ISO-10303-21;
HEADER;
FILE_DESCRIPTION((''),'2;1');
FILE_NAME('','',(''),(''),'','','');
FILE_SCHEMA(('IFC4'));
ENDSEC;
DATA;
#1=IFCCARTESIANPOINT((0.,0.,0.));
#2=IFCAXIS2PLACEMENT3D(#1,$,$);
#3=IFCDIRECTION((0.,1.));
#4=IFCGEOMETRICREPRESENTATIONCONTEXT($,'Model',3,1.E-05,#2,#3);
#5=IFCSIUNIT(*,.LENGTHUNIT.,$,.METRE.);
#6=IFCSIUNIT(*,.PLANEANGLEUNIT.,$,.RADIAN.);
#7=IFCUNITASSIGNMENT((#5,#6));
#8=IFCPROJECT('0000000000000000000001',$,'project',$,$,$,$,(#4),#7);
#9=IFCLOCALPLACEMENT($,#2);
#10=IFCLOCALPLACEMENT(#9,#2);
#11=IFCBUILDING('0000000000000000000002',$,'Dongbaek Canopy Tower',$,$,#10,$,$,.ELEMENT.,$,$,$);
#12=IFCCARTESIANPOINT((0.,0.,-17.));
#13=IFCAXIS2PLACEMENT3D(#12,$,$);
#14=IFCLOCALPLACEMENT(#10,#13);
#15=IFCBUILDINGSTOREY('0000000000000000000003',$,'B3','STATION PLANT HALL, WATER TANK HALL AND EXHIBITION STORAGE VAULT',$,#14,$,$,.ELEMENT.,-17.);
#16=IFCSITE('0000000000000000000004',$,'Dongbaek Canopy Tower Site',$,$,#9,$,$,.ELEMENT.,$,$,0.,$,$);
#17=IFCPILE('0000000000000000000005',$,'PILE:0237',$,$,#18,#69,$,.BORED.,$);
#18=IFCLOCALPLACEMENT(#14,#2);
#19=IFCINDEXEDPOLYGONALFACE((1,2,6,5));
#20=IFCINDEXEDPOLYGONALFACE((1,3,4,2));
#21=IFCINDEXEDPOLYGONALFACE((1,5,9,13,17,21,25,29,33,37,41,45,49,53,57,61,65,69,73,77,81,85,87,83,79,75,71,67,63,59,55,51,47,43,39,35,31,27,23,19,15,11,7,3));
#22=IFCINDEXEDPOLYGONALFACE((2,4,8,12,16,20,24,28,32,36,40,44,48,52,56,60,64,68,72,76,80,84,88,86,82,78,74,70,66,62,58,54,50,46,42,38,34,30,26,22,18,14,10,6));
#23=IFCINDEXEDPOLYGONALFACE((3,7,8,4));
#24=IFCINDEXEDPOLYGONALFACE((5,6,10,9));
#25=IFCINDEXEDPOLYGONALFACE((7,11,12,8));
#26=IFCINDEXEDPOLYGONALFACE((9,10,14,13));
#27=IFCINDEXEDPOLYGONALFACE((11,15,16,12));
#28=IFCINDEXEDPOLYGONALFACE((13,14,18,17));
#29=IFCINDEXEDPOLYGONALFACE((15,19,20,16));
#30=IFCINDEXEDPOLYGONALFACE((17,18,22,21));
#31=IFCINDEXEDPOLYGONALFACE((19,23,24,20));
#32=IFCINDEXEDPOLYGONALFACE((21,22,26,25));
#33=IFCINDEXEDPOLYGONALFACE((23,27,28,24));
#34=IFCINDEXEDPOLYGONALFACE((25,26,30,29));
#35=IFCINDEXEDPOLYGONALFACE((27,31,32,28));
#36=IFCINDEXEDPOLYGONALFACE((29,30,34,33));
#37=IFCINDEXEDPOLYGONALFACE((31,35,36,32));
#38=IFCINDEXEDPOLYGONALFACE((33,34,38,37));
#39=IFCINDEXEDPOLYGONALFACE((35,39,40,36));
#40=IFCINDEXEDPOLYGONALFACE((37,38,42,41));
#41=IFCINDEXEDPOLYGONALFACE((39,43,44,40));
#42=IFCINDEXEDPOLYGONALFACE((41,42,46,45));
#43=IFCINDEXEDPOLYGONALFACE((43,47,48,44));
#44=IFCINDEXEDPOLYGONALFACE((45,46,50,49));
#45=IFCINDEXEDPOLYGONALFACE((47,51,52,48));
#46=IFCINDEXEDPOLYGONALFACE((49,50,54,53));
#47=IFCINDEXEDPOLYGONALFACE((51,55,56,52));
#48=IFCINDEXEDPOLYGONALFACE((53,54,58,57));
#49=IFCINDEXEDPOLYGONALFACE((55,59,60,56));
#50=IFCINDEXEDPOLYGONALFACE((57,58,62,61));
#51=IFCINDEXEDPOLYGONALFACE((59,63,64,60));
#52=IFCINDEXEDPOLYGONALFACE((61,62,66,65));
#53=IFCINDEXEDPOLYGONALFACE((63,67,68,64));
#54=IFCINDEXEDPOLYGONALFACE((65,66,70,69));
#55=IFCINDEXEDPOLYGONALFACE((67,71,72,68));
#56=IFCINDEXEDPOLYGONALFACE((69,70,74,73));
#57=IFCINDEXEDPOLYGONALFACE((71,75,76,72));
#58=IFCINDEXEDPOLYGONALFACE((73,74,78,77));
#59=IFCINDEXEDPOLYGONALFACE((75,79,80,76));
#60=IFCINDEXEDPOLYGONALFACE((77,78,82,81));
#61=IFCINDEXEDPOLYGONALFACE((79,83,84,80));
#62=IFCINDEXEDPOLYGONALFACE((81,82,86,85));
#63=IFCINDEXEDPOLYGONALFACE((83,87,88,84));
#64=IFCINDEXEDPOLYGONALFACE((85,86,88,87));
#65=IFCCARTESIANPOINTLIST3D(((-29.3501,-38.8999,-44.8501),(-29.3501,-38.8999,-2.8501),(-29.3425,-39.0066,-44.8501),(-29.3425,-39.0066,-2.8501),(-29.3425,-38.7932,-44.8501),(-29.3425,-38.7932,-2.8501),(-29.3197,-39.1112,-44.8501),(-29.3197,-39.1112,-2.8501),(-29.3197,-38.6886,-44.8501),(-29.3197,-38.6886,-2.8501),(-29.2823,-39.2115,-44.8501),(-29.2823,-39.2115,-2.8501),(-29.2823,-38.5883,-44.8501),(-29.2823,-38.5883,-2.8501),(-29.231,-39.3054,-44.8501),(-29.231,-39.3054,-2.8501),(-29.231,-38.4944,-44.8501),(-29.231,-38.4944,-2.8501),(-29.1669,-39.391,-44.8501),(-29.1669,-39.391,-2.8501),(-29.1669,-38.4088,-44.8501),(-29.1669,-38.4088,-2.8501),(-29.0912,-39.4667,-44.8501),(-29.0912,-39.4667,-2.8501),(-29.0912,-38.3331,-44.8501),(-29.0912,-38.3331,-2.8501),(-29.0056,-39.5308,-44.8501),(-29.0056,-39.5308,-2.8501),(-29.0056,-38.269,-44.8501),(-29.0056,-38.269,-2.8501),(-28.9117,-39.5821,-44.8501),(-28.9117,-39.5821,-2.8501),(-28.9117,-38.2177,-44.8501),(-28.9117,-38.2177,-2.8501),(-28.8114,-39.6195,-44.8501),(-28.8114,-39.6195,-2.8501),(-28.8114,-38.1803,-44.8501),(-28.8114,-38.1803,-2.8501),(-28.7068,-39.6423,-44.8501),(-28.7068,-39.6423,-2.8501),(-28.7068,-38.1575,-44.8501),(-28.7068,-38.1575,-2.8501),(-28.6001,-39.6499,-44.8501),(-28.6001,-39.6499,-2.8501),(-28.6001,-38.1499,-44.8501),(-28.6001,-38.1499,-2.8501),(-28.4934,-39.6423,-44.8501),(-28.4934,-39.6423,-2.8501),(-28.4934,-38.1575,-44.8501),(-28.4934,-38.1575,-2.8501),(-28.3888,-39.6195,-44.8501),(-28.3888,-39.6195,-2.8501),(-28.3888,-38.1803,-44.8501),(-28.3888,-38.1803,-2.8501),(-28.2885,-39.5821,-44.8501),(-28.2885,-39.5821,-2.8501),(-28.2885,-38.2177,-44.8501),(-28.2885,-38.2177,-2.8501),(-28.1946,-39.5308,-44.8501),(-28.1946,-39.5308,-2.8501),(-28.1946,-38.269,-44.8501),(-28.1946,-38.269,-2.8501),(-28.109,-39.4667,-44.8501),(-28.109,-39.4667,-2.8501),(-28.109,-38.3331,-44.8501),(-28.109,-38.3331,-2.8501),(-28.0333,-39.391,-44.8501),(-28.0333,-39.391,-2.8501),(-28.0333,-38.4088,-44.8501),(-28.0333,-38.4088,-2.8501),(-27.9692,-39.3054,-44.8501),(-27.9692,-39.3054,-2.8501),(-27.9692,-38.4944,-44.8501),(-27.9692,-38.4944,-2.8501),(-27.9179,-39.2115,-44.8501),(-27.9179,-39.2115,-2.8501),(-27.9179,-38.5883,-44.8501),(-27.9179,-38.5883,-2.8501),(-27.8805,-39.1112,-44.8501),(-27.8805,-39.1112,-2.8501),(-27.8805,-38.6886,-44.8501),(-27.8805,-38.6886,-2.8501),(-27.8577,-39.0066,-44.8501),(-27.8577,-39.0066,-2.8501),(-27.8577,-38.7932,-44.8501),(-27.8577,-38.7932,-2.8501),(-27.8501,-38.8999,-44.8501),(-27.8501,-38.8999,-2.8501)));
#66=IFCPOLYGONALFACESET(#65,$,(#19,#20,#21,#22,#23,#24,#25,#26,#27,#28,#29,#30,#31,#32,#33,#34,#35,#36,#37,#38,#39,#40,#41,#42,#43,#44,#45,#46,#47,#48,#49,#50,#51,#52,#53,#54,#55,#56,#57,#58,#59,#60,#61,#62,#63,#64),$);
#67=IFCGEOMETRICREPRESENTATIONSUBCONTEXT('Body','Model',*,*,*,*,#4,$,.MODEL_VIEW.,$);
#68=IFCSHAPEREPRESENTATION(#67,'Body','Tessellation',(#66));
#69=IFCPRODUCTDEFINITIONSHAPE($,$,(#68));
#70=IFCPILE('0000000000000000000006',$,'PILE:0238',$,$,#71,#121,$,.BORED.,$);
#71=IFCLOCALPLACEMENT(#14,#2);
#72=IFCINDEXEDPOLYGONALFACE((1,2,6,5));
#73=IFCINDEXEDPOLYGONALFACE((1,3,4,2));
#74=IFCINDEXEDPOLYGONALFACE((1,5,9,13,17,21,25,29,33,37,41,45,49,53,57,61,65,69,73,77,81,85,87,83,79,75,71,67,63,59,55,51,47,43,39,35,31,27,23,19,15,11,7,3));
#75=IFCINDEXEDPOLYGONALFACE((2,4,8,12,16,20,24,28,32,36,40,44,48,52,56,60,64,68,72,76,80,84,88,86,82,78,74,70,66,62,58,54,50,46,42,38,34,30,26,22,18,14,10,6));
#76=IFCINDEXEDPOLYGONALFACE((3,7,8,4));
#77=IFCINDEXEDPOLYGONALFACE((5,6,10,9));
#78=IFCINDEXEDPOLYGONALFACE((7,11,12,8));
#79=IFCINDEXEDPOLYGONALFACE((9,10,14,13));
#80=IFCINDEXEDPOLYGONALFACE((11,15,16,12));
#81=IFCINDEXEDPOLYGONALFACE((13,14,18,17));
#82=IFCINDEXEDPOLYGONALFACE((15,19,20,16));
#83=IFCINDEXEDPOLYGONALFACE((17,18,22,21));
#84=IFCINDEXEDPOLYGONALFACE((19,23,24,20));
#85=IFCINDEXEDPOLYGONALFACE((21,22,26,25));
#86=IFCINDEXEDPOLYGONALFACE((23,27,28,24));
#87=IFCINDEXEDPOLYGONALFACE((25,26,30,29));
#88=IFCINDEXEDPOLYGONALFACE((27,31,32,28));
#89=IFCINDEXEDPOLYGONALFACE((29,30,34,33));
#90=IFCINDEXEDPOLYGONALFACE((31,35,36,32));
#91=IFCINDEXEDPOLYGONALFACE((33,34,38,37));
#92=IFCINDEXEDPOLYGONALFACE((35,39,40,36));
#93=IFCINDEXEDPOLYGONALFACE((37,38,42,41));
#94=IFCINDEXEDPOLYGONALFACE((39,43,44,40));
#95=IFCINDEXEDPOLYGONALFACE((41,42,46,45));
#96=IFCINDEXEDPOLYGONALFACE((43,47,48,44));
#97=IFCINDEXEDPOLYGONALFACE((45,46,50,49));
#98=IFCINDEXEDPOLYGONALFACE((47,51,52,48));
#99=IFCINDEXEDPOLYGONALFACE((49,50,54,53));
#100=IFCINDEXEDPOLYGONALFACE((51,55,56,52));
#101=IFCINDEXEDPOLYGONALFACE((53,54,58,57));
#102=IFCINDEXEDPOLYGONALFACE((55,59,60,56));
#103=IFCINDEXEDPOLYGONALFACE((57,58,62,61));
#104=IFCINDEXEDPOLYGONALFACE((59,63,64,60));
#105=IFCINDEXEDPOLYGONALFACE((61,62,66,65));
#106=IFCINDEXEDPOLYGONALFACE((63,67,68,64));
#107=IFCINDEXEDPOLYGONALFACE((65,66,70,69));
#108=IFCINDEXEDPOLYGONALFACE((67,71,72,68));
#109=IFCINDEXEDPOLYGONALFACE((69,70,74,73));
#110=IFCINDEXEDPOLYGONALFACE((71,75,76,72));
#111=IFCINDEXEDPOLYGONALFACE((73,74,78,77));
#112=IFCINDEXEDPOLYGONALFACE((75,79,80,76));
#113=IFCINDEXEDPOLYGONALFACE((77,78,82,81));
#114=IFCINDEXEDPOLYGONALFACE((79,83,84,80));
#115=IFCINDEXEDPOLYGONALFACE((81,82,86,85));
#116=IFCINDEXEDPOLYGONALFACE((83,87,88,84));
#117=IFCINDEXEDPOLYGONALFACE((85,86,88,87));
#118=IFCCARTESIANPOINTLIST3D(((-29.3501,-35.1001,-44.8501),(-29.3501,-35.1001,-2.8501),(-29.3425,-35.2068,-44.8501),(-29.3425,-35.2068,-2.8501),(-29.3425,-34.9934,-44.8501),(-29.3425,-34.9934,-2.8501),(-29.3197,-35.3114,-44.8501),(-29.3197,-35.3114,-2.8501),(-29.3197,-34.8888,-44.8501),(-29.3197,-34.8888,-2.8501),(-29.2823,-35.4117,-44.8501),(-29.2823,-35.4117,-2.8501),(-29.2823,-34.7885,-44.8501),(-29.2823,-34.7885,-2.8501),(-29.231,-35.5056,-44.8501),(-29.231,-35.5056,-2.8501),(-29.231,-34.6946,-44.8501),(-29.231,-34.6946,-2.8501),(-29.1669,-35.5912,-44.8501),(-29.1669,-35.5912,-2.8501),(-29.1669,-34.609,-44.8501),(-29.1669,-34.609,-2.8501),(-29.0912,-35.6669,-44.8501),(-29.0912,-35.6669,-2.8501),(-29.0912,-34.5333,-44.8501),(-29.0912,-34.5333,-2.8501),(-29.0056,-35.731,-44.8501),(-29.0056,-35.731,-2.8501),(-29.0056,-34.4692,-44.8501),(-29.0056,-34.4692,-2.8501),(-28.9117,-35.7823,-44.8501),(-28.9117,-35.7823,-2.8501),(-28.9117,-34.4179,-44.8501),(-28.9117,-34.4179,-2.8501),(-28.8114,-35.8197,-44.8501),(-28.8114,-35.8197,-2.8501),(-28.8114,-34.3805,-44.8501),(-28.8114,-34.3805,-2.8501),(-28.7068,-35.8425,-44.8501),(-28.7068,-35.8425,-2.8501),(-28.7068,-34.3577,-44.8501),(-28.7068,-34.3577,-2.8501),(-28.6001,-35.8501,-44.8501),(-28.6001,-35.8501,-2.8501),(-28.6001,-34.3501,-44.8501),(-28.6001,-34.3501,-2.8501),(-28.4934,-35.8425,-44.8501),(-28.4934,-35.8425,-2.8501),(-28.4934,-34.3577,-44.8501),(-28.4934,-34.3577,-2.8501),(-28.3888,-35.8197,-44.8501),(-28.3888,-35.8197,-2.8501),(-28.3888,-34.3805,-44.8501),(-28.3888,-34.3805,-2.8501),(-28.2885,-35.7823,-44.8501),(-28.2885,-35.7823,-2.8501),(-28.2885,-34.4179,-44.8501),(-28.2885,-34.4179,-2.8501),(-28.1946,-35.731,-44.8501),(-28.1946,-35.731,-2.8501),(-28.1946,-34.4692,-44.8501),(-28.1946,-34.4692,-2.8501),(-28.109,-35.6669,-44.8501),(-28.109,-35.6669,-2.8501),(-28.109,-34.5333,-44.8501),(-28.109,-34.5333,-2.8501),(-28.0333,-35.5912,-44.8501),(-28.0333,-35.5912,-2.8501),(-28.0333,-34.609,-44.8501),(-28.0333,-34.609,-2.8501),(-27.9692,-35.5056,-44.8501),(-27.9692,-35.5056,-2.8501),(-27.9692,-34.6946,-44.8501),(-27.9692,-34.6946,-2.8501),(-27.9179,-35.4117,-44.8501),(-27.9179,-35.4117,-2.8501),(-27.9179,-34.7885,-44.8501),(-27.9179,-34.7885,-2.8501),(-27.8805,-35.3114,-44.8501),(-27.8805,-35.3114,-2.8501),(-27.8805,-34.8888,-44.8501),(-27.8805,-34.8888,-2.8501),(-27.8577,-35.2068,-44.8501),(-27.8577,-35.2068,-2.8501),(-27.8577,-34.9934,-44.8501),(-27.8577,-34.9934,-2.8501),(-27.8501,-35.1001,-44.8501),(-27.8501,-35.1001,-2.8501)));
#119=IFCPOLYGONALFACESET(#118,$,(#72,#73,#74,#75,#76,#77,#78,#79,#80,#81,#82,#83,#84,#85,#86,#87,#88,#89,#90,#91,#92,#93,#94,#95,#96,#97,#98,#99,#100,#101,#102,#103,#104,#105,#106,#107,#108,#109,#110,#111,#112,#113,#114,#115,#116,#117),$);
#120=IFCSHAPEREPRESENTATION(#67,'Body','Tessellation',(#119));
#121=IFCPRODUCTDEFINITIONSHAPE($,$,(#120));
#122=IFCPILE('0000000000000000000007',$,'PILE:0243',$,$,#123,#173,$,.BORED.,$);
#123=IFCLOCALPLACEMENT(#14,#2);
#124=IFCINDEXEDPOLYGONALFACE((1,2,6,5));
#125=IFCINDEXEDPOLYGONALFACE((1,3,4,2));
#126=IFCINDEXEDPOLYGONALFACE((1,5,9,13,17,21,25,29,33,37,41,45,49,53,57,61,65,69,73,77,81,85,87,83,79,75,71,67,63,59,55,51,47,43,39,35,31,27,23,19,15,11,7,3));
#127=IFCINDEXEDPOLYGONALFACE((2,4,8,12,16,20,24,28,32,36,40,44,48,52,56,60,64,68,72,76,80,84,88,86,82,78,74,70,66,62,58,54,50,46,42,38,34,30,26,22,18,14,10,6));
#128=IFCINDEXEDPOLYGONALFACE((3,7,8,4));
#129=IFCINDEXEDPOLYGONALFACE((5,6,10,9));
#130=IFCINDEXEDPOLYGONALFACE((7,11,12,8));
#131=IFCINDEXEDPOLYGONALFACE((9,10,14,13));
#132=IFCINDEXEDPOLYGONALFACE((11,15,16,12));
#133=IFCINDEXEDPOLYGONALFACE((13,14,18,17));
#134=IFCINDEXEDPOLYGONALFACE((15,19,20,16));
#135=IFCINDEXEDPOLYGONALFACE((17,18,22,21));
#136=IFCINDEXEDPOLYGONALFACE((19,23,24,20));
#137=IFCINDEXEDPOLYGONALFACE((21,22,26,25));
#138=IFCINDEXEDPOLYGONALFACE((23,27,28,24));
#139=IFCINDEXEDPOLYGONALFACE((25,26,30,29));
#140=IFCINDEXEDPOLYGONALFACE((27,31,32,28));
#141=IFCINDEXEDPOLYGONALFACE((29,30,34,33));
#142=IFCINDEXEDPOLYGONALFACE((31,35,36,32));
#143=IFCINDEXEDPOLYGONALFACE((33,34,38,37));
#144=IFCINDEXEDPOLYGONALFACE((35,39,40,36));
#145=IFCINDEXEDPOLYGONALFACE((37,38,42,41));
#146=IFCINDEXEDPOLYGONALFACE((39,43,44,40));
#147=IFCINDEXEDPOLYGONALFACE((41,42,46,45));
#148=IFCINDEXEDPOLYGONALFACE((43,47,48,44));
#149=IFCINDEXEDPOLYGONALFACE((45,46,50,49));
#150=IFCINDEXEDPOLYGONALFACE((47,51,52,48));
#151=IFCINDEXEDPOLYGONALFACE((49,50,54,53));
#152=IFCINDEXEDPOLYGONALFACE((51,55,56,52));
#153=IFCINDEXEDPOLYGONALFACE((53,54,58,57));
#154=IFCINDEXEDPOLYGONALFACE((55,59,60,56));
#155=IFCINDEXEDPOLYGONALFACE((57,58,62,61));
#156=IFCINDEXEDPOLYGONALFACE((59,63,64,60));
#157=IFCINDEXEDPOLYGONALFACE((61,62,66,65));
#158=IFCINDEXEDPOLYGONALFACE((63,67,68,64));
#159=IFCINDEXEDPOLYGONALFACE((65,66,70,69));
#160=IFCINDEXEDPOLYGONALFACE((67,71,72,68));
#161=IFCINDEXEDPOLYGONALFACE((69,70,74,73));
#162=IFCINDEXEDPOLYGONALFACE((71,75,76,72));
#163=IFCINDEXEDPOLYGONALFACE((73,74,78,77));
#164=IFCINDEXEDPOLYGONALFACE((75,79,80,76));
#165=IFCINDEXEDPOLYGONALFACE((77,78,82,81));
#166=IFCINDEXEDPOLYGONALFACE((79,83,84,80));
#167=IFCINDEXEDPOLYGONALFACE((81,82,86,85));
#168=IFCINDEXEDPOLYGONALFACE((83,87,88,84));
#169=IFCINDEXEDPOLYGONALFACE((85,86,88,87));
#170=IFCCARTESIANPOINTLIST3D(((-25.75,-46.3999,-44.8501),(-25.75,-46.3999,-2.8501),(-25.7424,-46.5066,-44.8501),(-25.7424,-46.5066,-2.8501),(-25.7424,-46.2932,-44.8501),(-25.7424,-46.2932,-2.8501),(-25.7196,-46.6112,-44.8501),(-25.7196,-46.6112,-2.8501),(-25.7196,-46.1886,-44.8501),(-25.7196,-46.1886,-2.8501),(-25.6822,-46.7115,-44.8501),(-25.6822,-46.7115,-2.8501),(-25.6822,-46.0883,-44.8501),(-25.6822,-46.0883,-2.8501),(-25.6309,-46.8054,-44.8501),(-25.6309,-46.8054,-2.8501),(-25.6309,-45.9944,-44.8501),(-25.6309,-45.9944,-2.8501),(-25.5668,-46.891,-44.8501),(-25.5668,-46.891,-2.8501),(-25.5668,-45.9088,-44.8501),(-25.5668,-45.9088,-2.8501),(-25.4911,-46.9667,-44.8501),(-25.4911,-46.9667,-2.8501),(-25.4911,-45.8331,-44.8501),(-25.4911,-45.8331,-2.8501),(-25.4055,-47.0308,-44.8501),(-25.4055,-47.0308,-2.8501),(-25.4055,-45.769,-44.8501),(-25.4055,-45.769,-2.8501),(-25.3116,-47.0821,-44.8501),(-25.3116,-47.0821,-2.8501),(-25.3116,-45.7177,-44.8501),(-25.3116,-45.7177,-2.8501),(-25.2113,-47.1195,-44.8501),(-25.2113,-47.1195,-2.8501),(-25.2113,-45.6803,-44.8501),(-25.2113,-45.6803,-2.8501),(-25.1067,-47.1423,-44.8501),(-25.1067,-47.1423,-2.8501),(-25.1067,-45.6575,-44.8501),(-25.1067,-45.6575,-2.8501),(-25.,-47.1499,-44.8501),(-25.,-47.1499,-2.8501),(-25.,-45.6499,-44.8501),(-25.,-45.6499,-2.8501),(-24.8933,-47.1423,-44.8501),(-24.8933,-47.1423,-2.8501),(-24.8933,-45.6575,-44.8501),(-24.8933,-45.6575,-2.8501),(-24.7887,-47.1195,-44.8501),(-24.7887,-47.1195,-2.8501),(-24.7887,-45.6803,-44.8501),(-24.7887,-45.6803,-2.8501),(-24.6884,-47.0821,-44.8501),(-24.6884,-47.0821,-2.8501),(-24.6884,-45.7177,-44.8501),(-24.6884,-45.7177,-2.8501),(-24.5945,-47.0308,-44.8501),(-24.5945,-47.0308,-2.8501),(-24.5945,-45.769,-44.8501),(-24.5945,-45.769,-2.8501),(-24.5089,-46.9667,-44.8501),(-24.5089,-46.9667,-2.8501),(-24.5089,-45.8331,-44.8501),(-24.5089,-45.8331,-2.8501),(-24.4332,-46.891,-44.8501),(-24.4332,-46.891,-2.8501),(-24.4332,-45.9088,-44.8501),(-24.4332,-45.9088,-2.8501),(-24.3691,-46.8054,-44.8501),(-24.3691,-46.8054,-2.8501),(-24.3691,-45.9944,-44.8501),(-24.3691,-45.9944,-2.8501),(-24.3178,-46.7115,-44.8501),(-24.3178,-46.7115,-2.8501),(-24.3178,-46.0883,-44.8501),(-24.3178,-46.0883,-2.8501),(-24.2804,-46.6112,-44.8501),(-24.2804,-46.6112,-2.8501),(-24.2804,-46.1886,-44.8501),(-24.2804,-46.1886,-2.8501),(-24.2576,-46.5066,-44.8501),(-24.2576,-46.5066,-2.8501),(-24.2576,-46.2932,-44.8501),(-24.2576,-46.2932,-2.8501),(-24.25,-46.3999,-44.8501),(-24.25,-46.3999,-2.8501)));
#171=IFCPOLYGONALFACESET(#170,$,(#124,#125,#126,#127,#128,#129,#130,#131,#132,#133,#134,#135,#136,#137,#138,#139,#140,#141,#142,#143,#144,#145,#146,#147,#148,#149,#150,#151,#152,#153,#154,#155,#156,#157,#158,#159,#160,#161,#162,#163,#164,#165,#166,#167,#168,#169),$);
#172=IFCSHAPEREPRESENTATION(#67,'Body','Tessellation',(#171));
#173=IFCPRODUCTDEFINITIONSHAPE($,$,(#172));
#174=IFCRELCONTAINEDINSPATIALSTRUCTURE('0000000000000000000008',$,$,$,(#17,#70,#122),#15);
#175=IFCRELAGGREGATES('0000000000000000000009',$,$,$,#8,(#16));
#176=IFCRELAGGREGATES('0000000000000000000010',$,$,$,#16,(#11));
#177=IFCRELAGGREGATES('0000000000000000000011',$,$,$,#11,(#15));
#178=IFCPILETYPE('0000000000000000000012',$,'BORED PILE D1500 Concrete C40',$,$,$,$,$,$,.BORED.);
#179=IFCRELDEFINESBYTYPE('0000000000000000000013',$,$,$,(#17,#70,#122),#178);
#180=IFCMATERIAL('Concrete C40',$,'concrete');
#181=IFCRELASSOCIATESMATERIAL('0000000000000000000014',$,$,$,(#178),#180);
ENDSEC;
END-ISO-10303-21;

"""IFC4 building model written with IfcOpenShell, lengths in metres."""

from ifc_helpers import new_model, si_unit, direction, frame, origin, origin_2d, place, context, subcontext, project, spatial, circle, extrude, material, material_profile, profile_set, type_object, element, save


model = new_model("IFC4")

# Units and contexts
model_context = context("Model", 3, precision=1e-05, world=origin(), true_north=direction((0.0, 1.0)))
body_context = subcontext(model_context, "Body", "Model", "MODEL_VIEW")
ifc_project = project(units=[si_unit("LENGTHUNIT", "METRE"), si_unit("PLANEANGLEUNIT", "RADIAN")], contexts=[model_context])

# Site, building, storey
site_placement = place(None, origin())
site = spatial("IfcSite", under=ifc_project, at=site_placement, Name="Dongbaek Canopy Tower Site", CompositionType="ELEMENT", RefElevation=0.0)
building_placement = place(site_placement, origin())
building = spatial("IfcBuilding", under=site, at=building_placement, Name="Dongbaek Canopy Tower", CompositionType="ELEMENT")
storey_placement = place(building_placement, frame((0.0, 0.0, -17.0)))
storey = spatial("IfcBuildingStorey", under=building, at=storey_placement, Name="B3", Description="STATION PLANT HALL, WATER TANK HALL AND EXHIBITION STORAGE VAULT", CompositionType="ELEMENT", Elevation=-17.0)

# Piles
ifc_material_1 = material(Name="Concrete C40", Category="concrete")
ifc_material_profile_1 = material_profile(ifc_material_1, circle(Radius=0.75, at=origin_2d()), Name="BORED PILE D1500 Concrete C40")
ifc_profile_set_1 = profile_set([ifc_material_profile_1], Name="Concrete C40")
pile_type = type_object("IfcPileType", Name="BORED PILE D1500 Concrete C40", PredefinedType="BORED", material=ifc_profile_set_1)
for number, where, z_axis, x_axis, name in (
    (1, (-28.6001, -38.8999, -2.8501), (0.0, 0.0, -1.0), (1.0, 0.0, 0.0), "PILE:0237"),
    (2, (-28.6001, -35.1001, -2.8501), (0.0, 0.0, -1.0), (1.0, 0.0, 0.0), "PILE:0238"),
    (3, (-25.0, -46.3999, -2.8501), (0.0, 0.0, -1.0), (1.0, 0.0, 0.0), "PILE:0243"),
):
    element("IfcPile", number, at=place(storey_placement, frame(where, z_axis=z_axis, x_axis=x_axis)), inside=storey, type_object=pile_type, Name=name, PredefinedType="BORED", context=body_context, shape_type="SweptSolid", body=[
        extrude(circle(Radius=0.75, at=origin_2d()), origin(), (0.0, 0.0, 1.0), 42.0),
    ])

save(model, "model.ifc")
